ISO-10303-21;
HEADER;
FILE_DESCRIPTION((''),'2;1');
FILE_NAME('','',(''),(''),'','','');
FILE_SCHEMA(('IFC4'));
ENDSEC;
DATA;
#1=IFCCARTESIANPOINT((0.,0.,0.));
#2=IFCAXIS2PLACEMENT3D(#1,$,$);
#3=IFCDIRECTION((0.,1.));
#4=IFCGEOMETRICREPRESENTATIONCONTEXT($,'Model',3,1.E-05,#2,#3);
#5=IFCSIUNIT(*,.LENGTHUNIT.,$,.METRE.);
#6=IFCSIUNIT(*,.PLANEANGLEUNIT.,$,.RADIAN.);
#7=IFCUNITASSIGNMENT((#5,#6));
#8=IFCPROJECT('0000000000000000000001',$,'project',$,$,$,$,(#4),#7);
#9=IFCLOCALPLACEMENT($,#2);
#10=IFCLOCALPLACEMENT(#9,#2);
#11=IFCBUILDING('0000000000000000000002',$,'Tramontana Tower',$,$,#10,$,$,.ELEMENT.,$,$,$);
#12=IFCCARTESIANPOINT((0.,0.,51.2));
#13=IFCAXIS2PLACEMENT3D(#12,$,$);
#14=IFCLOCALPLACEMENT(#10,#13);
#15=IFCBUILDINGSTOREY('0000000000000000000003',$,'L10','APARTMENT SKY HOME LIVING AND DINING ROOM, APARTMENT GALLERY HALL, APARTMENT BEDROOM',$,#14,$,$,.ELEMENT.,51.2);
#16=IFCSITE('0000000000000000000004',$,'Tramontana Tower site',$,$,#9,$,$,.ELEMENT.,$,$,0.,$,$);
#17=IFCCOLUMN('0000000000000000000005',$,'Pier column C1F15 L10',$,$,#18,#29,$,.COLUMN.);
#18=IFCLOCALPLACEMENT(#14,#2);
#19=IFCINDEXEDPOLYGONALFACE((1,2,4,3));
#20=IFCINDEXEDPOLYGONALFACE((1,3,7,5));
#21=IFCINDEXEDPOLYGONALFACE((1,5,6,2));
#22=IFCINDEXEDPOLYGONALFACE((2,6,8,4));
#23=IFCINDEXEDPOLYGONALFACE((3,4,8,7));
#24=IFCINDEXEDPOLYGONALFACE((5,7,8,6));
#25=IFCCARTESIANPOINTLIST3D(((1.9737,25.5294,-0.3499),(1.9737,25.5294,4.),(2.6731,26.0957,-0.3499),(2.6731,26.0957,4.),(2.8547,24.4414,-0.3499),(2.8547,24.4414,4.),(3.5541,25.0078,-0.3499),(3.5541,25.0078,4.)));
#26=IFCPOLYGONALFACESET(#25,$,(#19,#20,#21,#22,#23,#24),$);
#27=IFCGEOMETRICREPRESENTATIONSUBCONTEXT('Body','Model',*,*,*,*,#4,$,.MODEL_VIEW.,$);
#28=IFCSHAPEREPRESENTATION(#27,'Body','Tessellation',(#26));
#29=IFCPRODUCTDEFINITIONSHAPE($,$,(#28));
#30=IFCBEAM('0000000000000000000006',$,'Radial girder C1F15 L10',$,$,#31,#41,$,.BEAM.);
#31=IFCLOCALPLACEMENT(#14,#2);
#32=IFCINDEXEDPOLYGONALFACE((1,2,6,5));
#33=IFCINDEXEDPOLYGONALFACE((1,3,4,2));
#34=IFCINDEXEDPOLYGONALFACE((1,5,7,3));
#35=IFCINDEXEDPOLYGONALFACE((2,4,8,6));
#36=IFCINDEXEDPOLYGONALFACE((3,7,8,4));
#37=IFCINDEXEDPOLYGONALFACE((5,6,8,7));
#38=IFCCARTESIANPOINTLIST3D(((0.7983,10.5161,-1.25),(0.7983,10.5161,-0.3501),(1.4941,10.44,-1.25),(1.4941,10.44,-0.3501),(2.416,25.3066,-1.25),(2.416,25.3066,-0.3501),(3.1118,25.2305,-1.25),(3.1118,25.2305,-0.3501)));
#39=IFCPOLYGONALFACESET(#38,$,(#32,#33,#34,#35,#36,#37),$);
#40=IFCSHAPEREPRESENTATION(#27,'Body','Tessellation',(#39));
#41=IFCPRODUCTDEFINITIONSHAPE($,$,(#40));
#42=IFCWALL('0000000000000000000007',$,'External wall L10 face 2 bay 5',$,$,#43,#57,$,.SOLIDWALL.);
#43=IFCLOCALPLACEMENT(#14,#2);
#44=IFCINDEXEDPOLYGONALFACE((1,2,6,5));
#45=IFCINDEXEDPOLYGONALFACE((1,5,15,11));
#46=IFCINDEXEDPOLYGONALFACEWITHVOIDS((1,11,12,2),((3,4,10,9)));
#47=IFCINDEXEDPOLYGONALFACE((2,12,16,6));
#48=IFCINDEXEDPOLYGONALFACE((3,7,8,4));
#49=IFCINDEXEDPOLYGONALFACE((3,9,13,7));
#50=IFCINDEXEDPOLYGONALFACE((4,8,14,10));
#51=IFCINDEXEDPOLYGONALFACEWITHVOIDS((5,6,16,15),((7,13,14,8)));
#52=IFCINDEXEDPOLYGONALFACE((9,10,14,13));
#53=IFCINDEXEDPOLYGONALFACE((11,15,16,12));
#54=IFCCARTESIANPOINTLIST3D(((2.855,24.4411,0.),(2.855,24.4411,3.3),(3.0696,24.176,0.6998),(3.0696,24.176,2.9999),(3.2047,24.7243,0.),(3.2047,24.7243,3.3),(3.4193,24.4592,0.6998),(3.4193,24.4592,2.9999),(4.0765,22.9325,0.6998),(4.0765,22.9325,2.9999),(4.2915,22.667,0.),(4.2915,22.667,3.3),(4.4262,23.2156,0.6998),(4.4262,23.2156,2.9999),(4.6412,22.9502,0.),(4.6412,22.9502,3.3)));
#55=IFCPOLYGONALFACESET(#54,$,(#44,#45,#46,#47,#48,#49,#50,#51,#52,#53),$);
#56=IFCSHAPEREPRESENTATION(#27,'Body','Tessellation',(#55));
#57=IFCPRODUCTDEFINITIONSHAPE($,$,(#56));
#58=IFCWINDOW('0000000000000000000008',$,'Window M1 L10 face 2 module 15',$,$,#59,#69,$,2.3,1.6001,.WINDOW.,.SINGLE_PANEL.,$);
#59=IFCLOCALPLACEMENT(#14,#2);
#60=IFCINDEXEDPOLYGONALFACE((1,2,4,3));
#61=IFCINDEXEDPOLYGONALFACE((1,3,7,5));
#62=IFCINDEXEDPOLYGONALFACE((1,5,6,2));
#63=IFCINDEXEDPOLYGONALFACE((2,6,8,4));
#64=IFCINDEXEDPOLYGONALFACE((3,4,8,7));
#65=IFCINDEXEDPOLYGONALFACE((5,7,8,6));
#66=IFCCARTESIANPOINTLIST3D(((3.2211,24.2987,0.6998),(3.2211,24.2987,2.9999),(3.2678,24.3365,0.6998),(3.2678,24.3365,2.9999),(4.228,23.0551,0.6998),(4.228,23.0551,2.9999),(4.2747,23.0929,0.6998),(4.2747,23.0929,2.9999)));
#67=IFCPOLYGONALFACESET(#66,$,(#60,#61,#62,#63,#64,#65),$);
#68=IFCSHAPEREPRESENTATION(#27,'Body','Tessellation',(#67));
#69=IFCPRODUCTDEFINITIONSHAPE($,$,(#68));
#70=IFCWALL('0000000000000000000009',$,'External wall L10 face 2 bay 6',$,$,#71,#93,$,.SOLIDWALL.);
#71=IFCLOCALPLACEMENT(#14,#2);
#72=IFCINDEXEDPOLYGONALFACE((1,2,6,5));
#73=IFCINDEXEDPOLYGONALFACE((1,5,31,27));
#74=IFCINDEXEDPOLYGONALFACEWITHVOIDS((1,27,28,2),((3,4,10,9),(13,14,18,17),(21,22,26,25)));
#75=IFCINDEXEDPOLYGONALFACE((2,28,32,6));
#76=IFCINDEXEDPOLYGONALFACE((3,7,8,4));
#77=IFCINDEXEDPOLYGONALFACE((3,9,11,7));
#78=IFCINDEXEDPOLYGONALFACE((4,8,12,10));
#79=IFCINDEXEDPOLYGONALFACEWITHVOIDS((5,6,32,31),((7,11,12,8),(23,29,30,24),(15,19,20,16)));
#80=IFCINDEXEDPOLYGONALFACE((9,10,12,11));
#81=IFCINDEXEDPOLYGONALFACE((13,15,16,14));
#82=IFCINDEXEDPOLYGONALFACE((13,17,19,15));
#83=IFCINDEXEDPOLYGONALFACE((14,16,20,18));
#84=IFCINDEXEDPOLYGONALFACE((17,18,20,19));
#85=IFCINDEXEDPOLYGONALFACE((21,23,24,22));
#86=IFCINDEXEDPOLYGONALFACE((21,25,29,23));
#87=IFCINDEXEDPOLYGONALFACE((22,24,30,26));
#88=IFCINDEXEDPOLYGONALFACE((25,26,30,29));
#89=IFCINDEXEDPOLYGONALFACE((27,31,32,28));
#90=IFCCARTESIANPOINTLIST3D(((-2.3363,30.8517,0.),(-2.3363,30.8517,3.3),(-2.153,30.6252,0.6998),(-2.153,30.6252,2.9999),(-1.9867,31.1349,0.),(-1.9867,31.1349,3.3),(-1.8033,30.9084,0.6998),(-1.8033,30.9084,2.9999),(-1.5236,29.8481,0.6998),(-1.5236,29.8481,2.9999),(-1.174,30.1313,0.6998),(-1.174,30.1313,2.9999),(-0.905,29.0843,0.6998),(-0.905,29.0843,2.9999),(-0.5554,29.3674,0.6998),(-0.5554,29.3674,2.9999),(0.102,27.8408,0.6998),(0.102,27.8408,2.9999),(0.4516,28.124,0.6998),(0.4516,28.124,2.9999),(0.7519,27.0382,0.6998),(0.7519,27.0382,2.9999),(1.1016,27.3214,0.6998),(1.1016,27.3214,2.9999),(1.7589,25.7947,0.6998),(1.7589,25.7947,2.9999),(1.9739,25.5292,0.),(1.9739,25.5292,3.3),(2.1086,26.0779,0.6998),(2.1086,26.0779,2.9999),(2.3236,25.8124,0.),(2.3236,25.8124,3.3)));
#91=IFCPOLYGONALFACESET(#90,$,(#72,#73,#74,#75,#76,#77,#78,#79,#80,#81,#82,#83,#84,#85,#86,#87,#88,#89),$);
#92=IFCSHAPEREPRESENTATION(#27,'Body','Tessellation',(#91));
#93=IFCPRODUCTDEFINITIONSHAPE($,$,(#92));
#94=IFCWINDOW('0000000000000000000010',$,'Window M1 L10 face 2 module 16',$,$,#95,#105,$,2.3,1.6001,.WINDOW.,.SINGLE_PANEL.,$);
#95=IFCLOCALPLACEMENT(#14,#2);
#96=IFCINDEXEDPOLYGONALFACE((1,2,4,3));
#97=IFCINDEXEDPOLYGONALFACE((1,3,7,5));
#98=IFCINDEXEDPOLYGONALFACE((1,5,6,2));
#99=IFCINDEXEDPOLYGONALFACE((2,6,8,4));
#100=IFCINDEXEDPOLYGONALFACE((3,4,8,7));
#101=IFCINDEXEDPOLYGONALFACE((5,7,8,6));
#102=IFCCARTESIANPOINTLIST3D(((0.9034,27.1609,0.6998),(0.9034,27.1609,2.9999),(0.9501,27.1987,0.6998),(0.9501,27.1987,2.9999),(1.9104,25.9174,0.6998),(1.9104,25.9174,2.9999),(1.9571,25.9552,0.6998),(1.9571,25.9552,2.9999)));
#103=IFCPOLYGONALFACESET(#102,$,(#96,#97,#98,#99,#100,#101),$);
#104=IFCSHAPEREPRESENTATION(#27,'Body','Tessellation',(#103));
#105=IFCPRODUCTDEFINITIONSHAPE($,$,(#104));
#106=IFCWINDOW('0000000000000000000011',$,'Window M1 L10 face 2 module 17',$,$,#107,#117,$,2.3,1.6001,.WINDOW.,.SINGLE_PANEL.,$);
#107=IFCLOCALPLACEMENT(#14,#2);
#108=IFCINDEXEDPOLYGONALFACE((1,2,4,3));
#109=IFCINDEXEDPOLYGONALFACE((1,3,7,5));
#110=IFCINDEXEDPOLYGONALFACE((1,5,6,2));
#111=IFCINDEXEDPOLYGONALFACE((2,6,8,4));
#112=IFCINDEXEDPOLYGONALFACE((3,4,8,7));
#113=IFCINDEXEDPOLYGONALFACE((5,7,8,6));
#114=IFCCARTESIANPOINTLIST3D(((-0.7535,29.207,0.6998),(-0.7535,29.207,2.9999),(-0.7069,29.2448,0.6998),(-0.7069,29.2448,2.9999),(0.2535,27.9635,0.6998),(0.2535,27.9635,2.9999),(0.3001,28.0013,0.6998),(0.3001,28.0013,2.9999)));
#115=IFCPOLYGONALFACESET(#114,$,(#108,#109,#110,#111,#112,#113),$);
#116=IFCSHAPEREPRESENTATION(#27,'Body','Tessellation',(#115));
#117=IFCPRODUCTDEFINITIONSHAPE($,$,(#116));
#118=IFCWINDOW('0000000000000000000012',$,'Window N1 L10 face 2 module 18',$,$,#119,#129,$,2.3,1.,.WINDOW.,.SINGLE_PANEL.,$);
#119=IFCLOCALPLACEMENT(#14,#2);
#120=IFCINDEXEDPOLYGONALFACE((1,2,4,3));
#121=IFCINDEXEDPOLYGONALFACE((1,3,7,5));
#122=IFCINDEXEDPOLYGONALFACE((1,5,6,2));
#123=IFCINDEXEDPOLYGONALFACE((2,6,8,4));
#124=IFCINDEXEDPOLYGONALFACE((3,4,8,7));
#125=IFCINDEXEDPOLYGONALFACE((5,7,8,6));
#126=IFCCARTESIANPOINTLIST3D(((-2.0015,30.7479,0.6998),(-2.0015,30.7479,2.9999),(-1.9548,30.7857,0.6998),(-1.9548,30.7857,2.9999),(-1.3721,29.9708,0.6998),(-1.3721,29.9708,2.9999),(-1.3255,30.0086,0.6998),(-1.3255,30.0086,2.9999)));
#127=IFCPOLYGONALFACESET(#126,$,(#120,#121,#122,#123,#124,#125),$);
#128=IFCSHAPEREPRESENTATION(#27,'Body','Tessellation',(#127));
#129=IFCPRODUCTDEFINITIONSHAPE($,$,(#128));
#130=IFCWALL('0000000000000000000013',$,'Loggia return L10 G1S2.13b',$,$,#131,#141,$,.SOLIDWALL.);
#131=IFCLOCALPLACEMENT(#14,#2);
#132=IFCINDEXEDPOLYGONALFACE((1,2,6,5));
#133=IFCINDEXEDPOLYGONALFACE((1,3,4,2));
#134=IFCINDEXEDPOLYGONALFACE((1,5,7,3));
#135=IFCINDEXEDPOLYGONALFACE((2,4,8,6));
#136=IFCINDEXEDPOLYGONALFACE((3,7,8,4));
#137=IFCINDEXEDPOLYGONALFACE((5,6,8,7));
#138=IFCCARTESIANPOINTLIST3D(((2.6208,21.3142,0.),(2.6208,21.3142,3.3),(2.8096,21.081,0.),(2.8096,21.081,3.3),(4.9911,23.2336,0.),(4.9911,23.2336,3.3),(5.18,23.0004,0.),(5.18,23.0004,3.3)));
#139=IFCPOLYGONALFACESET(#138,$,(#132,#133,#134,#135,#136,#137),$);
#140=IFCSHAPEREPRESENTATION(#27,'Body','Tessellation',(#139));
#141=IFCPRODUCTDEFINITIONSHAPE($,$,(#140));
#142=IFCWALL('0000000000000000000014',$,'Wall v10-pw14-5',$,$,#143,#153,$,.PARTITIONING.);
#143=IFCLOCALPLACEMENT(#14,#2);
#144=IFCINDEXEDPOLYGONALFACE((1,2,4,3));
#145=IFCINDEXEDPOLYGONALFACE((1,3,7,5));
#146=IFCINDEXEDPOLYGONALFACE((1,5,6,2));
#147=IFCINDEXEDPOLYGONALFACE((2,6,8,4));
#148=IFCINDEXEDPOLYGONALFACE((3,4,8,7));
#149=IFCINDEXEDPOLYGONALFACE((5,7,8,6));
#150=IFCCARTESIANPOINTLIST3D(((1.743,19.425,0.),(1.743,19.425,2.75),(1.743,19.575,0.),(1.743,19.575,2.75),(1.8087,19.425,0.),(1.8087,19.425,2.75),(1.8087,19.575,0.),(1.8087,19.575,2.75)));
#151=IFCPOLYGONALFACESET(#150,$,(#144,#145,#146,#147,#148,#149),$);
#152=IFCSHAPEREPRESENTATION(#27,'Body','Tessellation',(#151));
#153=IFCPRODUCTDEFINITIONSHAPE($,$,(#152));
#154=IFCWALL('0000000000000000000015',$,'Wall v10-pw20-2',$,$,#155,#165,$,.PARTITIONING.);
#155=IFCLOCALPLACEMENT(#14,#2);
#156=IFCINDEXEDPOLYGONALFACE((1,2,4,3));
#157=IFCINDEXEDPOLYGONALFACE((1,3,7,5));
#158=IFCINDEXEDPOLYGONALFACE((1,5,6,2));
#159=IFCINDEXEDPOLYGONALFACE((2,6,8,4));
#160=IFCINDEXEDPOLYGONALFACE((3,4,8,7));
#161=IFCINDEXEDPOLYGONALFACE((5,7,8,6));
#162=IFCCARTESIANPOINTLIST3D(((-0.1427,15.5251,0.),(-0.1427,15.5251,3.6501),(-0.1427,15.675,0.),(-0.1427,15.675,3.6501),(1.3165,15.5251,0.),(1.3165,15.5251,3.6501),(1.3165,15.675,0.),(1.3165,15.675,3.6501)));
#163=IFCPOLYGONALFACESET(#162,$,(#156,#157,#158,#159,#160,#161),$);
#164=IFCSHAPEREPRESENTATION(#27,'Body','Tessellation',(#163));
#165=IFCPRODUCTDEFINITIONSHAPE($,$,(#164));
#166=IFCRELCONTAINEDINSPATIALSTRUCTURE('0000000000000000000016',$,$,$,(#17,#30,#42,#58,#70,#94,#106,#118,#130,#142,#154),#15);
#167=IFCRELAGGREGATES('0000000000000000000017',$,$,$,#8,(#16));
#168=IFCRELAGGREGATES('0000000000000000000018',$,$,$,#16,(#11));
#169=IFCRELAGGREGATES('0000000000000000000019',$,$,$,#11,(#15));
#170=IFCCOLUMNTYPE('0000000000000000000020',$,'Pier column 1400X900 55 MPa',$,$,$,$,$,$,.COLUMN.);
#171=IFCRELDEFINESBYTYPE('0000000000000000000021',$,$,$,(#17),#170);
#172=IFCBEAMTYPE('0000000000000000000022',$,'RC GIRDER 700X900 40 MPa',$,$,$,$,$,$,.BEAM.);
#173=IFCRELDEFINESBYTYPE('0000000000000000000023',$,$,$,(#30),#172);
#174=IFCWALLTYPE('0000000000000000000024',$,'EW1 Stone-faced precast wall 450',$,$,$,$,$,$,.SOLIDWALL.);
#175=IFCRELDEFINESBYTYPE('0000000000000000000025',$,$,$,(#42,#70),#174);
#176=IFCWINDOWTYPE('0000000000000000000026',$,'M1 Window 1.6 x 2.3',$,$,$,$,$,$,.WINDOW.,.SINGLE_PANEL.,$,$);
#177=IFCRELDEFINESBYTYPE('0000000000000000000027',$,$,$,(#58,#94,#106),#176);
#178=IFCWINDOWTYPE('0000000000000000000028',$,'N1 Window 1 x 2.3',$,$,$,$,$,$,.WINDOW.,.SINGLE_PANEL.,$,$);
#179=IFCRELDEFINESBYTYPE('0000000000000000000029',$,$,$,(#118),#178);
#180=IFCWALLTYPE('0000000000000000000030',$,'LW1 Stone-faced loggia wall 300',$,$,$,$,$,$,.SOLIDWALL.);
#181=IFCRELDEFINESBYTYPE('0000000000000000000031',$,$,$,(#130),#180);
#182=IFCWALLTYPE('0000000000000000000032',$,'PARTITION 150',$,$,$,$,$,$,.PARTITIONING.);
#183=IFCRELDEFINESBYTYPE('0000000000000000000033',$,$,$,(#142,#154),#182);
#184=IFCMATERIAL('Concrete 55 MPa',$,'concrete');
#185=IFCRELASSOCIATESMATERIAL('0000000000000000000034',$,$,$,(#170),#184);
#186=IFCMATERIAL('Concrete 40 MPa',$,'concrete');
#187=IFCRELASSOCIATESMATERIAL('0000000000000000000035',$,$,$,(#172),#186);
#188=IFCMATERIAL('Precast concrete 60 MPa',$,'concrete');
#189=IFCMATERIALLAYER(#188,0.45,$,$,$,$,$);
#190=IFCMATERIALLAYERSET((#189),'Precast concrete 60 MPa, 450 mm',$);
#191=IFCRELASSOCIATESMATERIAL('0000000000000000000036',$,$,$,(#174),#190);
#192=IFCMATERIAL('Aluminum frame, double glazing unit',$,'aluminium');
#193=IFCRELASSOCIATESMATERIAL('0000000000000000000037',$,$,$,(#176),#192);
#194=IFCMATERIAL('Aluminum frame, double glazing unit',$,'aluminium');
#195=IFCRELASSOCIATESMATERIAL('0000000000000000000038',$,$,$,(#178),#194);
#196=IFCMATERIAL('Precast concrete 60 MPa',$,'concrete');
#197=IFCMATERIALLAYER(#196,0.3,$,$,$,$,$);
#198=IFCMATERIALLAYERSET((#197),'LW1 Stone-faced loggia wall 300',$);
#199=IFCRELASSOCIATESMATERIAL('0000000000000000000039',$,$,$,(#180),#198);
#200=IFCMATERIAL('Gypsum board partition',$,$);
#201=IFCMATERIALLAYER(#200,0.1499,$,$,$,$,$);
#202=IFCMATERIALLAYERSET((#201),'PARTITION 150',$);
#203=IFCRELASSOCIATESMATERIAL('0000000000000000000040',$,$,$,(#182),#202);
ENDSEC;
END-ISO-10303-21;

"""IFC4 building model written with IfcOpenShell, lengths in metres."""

from ifc_helpers import new_model, si_unit, direction, frame, frame_2d, origin, origin_2d, place, context, subcontext, project, spatial, rectangle, extrude, material, layer, layer_set, material_profile, profile_set, type_object, element, fill, save


model = new_model("IFC4")

# Units and contexts
model_context = context("Model", 3, precision=1e-05, world=origin(), true_north=direction((0.0, 1.0)))
body_context = subcontext(model_context, "Body", "Model", "MODEL_VIEW")
ifc_project = project(units=[si_unit("LENGTHUNIT", "METRE"), si_unit("PLANEANGLEUNIT", "RADIAN")], contexts=[model_context])

# Site, building, storey
site_placement = place(None, origin())
site = spatial("IfcSite", under=ifc_project, at=site_placement, Name="Tramontana Tower site", CompositionType="ELEMENT", RefElevation=0.0)
building_placement = place(site_placement, origin())
building = spatial("IfcBuilding", under=site, at=building_placement, Name="Tramontana Tower", CompositionType="ELEMENT")
storey_placement = place(building_placement, frame((0.0, 0.0, 51.2)))
storey = spatial("IfcBuildingStorey", under=building, at=storey_placement, Name="L10", Description="APARTMENT SKY HOME LIVING AND DINING ROOM, APARTMENT GALLERY HALL, APARTMENT BEDROOM", CompositionType="ELEMENT", Elevation=51.2)

# Column
ifc_material_1 = material(Name="Concrete 55 MPa", Category="concrete")
ifc_material_profile_1 = material_profile(ifc_material_1, rectangle(XDim=1.3999, YDim=0.8999, at=origin_2d()), Name="Pier column 1400X900 55 MPa")
ifc_profile_set_1 = profile_set([ifc_material_profile_1], Name="Concrete 55 MPa")
column_type = type_object("IfcColumnType", Name="Pier column 1400X900 55 MPa", PredefinedType="COLUMN", material=ifc_profile_set_1)
column_placement = place(storey_placement, frame((2.7639, 25.2686, -0.3499), z_axis=(0.0, 0.0, 1.0), x_axis=(-0.62932, 0.777146, 0.0)))
element("IfcColumn", 1, at=column_placement, inside=storey, type_object=column_type, Name="Pier column C1F15 L10", PredefinedType="COLUMN", context=body_context, shape_type="SweptSolid", body=[
    extrude(rectangle(XDim=1.3999, YDim=0.8999, at=origin_2d()), origin(), (0.0, 0.0, 1.0), 4.3499),
])

# Beam
ifc_material_2 = material(Name="Concrete 40 MPa", Category="concrete")
ifc_material_profile_2 = material_profile(ifc_material_2, rectangle(XDim=0.7, YDim=0.8999, at=origin_2d()), Name="RC GIRDER 700X900 40 MPa")
ifc_profile_set_2 = profile_set([ifc_material_profile_2], Name="Concrete 40 MPa")
beam_type = type_object("IfcBeamType", Name="RC GIRDER 700X900 40 MPa", PredefinedType="BEAM", material=ifc_profile_set_2)
beam_placement = place(storey_placement, frame((2.7639, 25.2686, -0.8), z_axis=(-0.108724, -0.994072, 0.0), x_axis=(0.994072, -0.108724, 0.0)))
element("IfcBeam", 2, at=beam_placement, inside=storey, type_object=beam_type, Name="Radial girder C1F15 L10", PredefinedType="BEAM", context=body_context, shape_type="SweptSolid", body=[
    extrude(rectangle(XDim=0.7, YDim=0.8999, at=origin_2d()), origin(), (0.0, 0.0, 1.0), 14.8787),
])

# Wall, opening, window
ifc_material_3 = material(Name="Precast concrete 60 MPa", Category="concrete")
ifc_layer_1 = layer(ifc_material_3, 0.45)
ifc_layer_set_1 = layer_set([ifc_layer_1], Name="Precast concrete 60 MPa, 450 mm")
wall_type_1 = type_object("IfcWallType", Name="EW1 Stone-faced precast wall 450", PredefinedType="SOLIDWALL", material=ifc_layer_set_1)
wall_1_placement = place(storey_placement, frame((4.4663, 22.8086, 0.0), z_axis=(0.0, 0.0, 1.0), x_axis=(-0.629275, 0.777183, 0.0)))
wall_1 = element("IfcWall", 3, at=wall_1_placement, inside=storey, type_object=wall_type_1, Name="External wall L10 face 2 bay 5", PredefinedType="SOLIDWALL", context=body_context, shape_type="SweptSolid", body=[
    extrude(rectangle(XDim=2.2827, YDim=0.45, at=frame_2d((1.1414, 0.0))), origin(), (0.0, 0.0, 1.0), 3.3),
])
opening_1_placement = place(wall_1_placement, frame((0.3416, 0.0, 0.7)))
opening_1 = element("IfcOpeningElement", 4, at=opening_1_placement, cuts=wall_1, PredefinedType="OPENING", context=body_context, shape_type="SweptSolid", body=[
    extrude(rectangle(XDim=1.6001, YDim=2.3, at=frame_2d((0.8, 1.1499))), frame((0.0, 0.2349, 0.0), z_axis=(0.0, -1.0, 0.0), x_axis=(1.0, 0.0, 0.0)), (0.0, 0.0, 1.0), 0.47),
])
ifc_material_4 = material(Name="Aluminum frame, double glazing unit", Category="aluminium")
window_type_1 = type_object("IfcWindowType", Name="M1 Window 1.6 x 2.3", PartitioningType="SINGLE_PANEL", PredefinedType="WINDOW", material=ifc_material_4)
window_1_placement = place(opening_1_placement, origin())
window_1 = element("IfcWindow", 5, at=window_1_placement, inside=storey, type_object=window_type_1, Name="Window M1 L10 face 2 module 15", OverallHeight=2.3, OverallWidth=1.6001, PartitioningType="SINGLE_PANEL", PredefinedType="WINDOW", context=body_context, shape_type="SweptSolid", body=[
    extrude(rectangle(XDim=1.6001, YDim=2.3, at=frame_2d((0.8, 1.1499))), frame((0.0, 0.03, 0.0), z_axis=(0.0, -1.0, 0.0), x_axis=(1.0, 0.0, 0.0)), (0.0, 0.0, 1.0), 0.0601),
])
fill(opening_1, window_1)

# Wall, openings, windows
wall_2_placement = place(storey_placement, frame((2.1487, 25.6709, 0.0), z_axis=(0.0, 0.0, 1.0), x_axis=(-0.62934, 0.77713, 0.0)))
wall_2 = element("IfcWall", 6, at=wall_2_placement, inside=storey, type_object=wall_type_1, Name="External wall L10 face 2 bay 6", PredefinedType="SOLIDWALL", context=body_context, shape_type="SweptSolid", body=[
    extrude(rectangle(XDim=6.8489, YDim=0.45, at=frame_2d((3.4243, 0.0))), origin(), (0.0, 0.0, 1.0), 3.3),
])
opening_2_placement = place(wall_2_placement, frame((0.3416, 0.0, 0.7)))
opening_2 = element("IfcOpeningElement", 7, at=opening_2_placement, cuts=wall_2, PredefinedType="OPENING", context=body_context, shape_type="SweptSolid", body=[
    extrude(rectangle(XDim=1.6001, YDim=2.3, at=frame_2d((0.8, 1.1499))), frame((0.0, 0.2349, 0.0), z_axis=(0.0, -1.0, 0.0), x_axis=(1.0, 0.0, 0.0)), (0.0, 0.0, 1.0), 0.47),
])
opening_3_placement = place(wall_2_placement, frame((2.9744, 0.0, 0.7)))
opening_3 = element("IfcOpeningElement", 8, at=opening_3_placement, cuts=wall_2, PredefinedType="OPENING", context=body_context, shape_type="SweptSolid", body=[
    extrude(rectangle(XDim=1.6001, YDim=2.3, at=frame_2d((0.8, 1.1499))), frame((0.0, 0.2349, 0.0), z_axis=(0.0, -1.0, 0.0), x_axis=(1.0, 0.0, 0.0)), (0.0, 0.0, 1.0), 0.47),
])
opening_4_placement = place(wall_2_placement, frame((5.5574, 0.0, 0.7)))
opening_4 = element("IfcOpeningElement", 9, at=opening_4_placement, cuts=wall_2, PredefinedType="OPENING", context=body_context, shape_type="SweptSolid", body=[
    extrude(rectangle(XDim=1.0, YDim=2.3, at=frame_2d((0.5, 1.1499))), frame((0.0, 0.2349, 0.0), z_axis=(0.0, -1.0, 0.0), x_axis=(1.0, 0.0, 0.0)), (0.0, 0.0, 1.0), 0.47),
])
window_2_placement = place(opening_2_placement, origin())
window_2 = element("IfcWindow", 10, at=window_2_placement, inside=storey, type_object=window_type_1, Name="Window M1 L10 face 2 module 16", OverallHeight=2.3, OverallWidth=1.6001, PartitioningType="SINGLE_PANEL", PredefinedType="WINDOW", context=body_context, shape_type="SweptSolid", body=[
    extrude(rectangle(XDim=1.6001, YDim=2.3, at=frame_2d((0.8, 1.1499))), frame((0.0, 0.03, 0.0), z_axis=(0.0, -1.0, 0.0), x_axis=(1.0, 0.0, 0.0)), (0.0, 0.0, 1.0), 0.0601),
])
fill(opening_2, window_2)
window_3_placement = place(opening_3_placement, origin())
window_3 = element("IfcWindow", 11, at=window_3_placement, inside=storey, type_object=window_type_1, Name="Window M1 L10 face 2 module 17", OverallHeight=2.3, OverallWidth=1.6001, PartitioningType="SINGLE_PANEL", PredefinedType="WINDOW", context=body_context, shape_type="SweptSolid", body=[
    extrude(rectangle(XDim=1.6001, YDim=2.3, at=frame_2d((0.8, 1.1499))), frame((0.0, 0.03, 0.0), z_axis=(0.0, -1.0, 0.0), x_axis=(1.0, 0.0, 0.0)), (0.0, 0.0, 1.0), 0.0601),
])
fill(opening_3, window_3)
ifc_material_5 = material(Name="Aluminum frame, double glazing unit", Category="aluminium")
window_type_2 = type_object("IfcWindowType", Name="N1 Window 1 x 2.3", PartitioningType="SINGLE_PANEL", PredefinedType="WINDOW", material=ifc_material_5)
window_4_placement = place(opening_4_placement, origin())
window_4 = element("IfcWindow", 12, at=window_4_placement, inside=storey, type_object=window_type_2, Name="Window N1 L10 face 2 module 18", OverallHeight=2.3, OverallWidth=1.0, PartitioningType="SINGLE_PANEL", PredefinedType="WINDOW", context=body_context, shape_type="SweptSolid", body=[
    extrude(rectangle(XDim=1.0, YDim=2.3, at=frame_2d((0.5, 1.1499))), frame((0.0, 0.03, 0.0), z_axis=(0.0, -1.0, 0.0), x_axis=(1.0, 0.0, 0.0)), (0.0, 0.0, 1.0), 0.0601),
])
fill(opening_4, window_4)

# Shared definitions
ifc_material_6 = material(Name="Precast concrete 60 MPa", Category="concrete")
ifc_layer_2 = layer(ifc_material_6, 0.3)
ifc_layer_set_2 = layer_set([ifc_layer_2], Name="LW1 Stone-faced loggia wall 300")
wall_type_2 = type_object("IfcWallType", Name="LW1 Stone-faced loggia wall 300", PredefinedType="SOLIDWALL", material=ifc_layer_set_2)

# Walls
wall_3_placement = place(storey_placement, frame((5.0854, 23.1169, 0.0), z_axis=(0.0, 0.0, 1.0), x_axis=(-0.777154, -0.629311, 0.0)))
element("IfcWall", 13, at=wall_3_placement, inside=storey, type_object=wall_type_2, Name="Loggia return L10 G1S2.13b", PredefinedType="SOLIDWALL", context=body_context, shape_type="SweptSolid", body=[
    extrude(rectangle(XDim=3.05, YDim=0.3, at=frame_2d((1.5249, 0.0))), origin(), (0.0, 0.0, 1.0), 3.3),
])
ifc_material_7 = material(Name="Gypsum board partition")
ifc_layer_3 = layer(ifc_material_7, 0.1499)
ifc_layer_set_3 = layer_set([ifc_layer_3], Name="PARTITION 150")
wall_type_3 = type_object("IfcWallType", Name="PARTITION 150", PredefinedType="PARTITIONING", material=ifc_layer_set_3)
wall_4_placement = place(storey_placement, frame((1.7432, 19.5, 0.0), z_axis=(0.0, 0.0, 1.0), x_axis=(1.0, 0.0, 0.0)))
element("IfcWall", 14, at=wall_4_placement, inside=storey, type_object=wall_type_3, Name="Wall v10-pw14-5", PredefinedType="PARTITIONING", context=body_context, shape_type="SweptSolid", body=[
    extrude(rectangle(XDim=0.0657, YDim=0.1499, at=frame_2d((0.0327, 0.0))), origin(), (0.0, 0.0, 1.0), 2.75),
])
wall_5_placement = place(storey_placement, frame((-0.1426, 15.6001, 0.0), z_axis=(0.0, 0.0, 1.0), x_axis=(1.0, 0.0, 0.0)))
element("IfcWall", 15, at=wall_5_placement, inside=storey, type_object=wall_type_3, Name="Wall v10-pw20-2", PredefinedType="PARTITIONING", context=body_context, shape_type="SweptSolid", body=[
    extrude(rectangle(XDim=1.4592, YDim=0.1499, at=frame_2d((0.7295, 0.0))), origin(), (0.0, 0.0, 1.0), 3.6501),
])

save(model, "model.ifc")
